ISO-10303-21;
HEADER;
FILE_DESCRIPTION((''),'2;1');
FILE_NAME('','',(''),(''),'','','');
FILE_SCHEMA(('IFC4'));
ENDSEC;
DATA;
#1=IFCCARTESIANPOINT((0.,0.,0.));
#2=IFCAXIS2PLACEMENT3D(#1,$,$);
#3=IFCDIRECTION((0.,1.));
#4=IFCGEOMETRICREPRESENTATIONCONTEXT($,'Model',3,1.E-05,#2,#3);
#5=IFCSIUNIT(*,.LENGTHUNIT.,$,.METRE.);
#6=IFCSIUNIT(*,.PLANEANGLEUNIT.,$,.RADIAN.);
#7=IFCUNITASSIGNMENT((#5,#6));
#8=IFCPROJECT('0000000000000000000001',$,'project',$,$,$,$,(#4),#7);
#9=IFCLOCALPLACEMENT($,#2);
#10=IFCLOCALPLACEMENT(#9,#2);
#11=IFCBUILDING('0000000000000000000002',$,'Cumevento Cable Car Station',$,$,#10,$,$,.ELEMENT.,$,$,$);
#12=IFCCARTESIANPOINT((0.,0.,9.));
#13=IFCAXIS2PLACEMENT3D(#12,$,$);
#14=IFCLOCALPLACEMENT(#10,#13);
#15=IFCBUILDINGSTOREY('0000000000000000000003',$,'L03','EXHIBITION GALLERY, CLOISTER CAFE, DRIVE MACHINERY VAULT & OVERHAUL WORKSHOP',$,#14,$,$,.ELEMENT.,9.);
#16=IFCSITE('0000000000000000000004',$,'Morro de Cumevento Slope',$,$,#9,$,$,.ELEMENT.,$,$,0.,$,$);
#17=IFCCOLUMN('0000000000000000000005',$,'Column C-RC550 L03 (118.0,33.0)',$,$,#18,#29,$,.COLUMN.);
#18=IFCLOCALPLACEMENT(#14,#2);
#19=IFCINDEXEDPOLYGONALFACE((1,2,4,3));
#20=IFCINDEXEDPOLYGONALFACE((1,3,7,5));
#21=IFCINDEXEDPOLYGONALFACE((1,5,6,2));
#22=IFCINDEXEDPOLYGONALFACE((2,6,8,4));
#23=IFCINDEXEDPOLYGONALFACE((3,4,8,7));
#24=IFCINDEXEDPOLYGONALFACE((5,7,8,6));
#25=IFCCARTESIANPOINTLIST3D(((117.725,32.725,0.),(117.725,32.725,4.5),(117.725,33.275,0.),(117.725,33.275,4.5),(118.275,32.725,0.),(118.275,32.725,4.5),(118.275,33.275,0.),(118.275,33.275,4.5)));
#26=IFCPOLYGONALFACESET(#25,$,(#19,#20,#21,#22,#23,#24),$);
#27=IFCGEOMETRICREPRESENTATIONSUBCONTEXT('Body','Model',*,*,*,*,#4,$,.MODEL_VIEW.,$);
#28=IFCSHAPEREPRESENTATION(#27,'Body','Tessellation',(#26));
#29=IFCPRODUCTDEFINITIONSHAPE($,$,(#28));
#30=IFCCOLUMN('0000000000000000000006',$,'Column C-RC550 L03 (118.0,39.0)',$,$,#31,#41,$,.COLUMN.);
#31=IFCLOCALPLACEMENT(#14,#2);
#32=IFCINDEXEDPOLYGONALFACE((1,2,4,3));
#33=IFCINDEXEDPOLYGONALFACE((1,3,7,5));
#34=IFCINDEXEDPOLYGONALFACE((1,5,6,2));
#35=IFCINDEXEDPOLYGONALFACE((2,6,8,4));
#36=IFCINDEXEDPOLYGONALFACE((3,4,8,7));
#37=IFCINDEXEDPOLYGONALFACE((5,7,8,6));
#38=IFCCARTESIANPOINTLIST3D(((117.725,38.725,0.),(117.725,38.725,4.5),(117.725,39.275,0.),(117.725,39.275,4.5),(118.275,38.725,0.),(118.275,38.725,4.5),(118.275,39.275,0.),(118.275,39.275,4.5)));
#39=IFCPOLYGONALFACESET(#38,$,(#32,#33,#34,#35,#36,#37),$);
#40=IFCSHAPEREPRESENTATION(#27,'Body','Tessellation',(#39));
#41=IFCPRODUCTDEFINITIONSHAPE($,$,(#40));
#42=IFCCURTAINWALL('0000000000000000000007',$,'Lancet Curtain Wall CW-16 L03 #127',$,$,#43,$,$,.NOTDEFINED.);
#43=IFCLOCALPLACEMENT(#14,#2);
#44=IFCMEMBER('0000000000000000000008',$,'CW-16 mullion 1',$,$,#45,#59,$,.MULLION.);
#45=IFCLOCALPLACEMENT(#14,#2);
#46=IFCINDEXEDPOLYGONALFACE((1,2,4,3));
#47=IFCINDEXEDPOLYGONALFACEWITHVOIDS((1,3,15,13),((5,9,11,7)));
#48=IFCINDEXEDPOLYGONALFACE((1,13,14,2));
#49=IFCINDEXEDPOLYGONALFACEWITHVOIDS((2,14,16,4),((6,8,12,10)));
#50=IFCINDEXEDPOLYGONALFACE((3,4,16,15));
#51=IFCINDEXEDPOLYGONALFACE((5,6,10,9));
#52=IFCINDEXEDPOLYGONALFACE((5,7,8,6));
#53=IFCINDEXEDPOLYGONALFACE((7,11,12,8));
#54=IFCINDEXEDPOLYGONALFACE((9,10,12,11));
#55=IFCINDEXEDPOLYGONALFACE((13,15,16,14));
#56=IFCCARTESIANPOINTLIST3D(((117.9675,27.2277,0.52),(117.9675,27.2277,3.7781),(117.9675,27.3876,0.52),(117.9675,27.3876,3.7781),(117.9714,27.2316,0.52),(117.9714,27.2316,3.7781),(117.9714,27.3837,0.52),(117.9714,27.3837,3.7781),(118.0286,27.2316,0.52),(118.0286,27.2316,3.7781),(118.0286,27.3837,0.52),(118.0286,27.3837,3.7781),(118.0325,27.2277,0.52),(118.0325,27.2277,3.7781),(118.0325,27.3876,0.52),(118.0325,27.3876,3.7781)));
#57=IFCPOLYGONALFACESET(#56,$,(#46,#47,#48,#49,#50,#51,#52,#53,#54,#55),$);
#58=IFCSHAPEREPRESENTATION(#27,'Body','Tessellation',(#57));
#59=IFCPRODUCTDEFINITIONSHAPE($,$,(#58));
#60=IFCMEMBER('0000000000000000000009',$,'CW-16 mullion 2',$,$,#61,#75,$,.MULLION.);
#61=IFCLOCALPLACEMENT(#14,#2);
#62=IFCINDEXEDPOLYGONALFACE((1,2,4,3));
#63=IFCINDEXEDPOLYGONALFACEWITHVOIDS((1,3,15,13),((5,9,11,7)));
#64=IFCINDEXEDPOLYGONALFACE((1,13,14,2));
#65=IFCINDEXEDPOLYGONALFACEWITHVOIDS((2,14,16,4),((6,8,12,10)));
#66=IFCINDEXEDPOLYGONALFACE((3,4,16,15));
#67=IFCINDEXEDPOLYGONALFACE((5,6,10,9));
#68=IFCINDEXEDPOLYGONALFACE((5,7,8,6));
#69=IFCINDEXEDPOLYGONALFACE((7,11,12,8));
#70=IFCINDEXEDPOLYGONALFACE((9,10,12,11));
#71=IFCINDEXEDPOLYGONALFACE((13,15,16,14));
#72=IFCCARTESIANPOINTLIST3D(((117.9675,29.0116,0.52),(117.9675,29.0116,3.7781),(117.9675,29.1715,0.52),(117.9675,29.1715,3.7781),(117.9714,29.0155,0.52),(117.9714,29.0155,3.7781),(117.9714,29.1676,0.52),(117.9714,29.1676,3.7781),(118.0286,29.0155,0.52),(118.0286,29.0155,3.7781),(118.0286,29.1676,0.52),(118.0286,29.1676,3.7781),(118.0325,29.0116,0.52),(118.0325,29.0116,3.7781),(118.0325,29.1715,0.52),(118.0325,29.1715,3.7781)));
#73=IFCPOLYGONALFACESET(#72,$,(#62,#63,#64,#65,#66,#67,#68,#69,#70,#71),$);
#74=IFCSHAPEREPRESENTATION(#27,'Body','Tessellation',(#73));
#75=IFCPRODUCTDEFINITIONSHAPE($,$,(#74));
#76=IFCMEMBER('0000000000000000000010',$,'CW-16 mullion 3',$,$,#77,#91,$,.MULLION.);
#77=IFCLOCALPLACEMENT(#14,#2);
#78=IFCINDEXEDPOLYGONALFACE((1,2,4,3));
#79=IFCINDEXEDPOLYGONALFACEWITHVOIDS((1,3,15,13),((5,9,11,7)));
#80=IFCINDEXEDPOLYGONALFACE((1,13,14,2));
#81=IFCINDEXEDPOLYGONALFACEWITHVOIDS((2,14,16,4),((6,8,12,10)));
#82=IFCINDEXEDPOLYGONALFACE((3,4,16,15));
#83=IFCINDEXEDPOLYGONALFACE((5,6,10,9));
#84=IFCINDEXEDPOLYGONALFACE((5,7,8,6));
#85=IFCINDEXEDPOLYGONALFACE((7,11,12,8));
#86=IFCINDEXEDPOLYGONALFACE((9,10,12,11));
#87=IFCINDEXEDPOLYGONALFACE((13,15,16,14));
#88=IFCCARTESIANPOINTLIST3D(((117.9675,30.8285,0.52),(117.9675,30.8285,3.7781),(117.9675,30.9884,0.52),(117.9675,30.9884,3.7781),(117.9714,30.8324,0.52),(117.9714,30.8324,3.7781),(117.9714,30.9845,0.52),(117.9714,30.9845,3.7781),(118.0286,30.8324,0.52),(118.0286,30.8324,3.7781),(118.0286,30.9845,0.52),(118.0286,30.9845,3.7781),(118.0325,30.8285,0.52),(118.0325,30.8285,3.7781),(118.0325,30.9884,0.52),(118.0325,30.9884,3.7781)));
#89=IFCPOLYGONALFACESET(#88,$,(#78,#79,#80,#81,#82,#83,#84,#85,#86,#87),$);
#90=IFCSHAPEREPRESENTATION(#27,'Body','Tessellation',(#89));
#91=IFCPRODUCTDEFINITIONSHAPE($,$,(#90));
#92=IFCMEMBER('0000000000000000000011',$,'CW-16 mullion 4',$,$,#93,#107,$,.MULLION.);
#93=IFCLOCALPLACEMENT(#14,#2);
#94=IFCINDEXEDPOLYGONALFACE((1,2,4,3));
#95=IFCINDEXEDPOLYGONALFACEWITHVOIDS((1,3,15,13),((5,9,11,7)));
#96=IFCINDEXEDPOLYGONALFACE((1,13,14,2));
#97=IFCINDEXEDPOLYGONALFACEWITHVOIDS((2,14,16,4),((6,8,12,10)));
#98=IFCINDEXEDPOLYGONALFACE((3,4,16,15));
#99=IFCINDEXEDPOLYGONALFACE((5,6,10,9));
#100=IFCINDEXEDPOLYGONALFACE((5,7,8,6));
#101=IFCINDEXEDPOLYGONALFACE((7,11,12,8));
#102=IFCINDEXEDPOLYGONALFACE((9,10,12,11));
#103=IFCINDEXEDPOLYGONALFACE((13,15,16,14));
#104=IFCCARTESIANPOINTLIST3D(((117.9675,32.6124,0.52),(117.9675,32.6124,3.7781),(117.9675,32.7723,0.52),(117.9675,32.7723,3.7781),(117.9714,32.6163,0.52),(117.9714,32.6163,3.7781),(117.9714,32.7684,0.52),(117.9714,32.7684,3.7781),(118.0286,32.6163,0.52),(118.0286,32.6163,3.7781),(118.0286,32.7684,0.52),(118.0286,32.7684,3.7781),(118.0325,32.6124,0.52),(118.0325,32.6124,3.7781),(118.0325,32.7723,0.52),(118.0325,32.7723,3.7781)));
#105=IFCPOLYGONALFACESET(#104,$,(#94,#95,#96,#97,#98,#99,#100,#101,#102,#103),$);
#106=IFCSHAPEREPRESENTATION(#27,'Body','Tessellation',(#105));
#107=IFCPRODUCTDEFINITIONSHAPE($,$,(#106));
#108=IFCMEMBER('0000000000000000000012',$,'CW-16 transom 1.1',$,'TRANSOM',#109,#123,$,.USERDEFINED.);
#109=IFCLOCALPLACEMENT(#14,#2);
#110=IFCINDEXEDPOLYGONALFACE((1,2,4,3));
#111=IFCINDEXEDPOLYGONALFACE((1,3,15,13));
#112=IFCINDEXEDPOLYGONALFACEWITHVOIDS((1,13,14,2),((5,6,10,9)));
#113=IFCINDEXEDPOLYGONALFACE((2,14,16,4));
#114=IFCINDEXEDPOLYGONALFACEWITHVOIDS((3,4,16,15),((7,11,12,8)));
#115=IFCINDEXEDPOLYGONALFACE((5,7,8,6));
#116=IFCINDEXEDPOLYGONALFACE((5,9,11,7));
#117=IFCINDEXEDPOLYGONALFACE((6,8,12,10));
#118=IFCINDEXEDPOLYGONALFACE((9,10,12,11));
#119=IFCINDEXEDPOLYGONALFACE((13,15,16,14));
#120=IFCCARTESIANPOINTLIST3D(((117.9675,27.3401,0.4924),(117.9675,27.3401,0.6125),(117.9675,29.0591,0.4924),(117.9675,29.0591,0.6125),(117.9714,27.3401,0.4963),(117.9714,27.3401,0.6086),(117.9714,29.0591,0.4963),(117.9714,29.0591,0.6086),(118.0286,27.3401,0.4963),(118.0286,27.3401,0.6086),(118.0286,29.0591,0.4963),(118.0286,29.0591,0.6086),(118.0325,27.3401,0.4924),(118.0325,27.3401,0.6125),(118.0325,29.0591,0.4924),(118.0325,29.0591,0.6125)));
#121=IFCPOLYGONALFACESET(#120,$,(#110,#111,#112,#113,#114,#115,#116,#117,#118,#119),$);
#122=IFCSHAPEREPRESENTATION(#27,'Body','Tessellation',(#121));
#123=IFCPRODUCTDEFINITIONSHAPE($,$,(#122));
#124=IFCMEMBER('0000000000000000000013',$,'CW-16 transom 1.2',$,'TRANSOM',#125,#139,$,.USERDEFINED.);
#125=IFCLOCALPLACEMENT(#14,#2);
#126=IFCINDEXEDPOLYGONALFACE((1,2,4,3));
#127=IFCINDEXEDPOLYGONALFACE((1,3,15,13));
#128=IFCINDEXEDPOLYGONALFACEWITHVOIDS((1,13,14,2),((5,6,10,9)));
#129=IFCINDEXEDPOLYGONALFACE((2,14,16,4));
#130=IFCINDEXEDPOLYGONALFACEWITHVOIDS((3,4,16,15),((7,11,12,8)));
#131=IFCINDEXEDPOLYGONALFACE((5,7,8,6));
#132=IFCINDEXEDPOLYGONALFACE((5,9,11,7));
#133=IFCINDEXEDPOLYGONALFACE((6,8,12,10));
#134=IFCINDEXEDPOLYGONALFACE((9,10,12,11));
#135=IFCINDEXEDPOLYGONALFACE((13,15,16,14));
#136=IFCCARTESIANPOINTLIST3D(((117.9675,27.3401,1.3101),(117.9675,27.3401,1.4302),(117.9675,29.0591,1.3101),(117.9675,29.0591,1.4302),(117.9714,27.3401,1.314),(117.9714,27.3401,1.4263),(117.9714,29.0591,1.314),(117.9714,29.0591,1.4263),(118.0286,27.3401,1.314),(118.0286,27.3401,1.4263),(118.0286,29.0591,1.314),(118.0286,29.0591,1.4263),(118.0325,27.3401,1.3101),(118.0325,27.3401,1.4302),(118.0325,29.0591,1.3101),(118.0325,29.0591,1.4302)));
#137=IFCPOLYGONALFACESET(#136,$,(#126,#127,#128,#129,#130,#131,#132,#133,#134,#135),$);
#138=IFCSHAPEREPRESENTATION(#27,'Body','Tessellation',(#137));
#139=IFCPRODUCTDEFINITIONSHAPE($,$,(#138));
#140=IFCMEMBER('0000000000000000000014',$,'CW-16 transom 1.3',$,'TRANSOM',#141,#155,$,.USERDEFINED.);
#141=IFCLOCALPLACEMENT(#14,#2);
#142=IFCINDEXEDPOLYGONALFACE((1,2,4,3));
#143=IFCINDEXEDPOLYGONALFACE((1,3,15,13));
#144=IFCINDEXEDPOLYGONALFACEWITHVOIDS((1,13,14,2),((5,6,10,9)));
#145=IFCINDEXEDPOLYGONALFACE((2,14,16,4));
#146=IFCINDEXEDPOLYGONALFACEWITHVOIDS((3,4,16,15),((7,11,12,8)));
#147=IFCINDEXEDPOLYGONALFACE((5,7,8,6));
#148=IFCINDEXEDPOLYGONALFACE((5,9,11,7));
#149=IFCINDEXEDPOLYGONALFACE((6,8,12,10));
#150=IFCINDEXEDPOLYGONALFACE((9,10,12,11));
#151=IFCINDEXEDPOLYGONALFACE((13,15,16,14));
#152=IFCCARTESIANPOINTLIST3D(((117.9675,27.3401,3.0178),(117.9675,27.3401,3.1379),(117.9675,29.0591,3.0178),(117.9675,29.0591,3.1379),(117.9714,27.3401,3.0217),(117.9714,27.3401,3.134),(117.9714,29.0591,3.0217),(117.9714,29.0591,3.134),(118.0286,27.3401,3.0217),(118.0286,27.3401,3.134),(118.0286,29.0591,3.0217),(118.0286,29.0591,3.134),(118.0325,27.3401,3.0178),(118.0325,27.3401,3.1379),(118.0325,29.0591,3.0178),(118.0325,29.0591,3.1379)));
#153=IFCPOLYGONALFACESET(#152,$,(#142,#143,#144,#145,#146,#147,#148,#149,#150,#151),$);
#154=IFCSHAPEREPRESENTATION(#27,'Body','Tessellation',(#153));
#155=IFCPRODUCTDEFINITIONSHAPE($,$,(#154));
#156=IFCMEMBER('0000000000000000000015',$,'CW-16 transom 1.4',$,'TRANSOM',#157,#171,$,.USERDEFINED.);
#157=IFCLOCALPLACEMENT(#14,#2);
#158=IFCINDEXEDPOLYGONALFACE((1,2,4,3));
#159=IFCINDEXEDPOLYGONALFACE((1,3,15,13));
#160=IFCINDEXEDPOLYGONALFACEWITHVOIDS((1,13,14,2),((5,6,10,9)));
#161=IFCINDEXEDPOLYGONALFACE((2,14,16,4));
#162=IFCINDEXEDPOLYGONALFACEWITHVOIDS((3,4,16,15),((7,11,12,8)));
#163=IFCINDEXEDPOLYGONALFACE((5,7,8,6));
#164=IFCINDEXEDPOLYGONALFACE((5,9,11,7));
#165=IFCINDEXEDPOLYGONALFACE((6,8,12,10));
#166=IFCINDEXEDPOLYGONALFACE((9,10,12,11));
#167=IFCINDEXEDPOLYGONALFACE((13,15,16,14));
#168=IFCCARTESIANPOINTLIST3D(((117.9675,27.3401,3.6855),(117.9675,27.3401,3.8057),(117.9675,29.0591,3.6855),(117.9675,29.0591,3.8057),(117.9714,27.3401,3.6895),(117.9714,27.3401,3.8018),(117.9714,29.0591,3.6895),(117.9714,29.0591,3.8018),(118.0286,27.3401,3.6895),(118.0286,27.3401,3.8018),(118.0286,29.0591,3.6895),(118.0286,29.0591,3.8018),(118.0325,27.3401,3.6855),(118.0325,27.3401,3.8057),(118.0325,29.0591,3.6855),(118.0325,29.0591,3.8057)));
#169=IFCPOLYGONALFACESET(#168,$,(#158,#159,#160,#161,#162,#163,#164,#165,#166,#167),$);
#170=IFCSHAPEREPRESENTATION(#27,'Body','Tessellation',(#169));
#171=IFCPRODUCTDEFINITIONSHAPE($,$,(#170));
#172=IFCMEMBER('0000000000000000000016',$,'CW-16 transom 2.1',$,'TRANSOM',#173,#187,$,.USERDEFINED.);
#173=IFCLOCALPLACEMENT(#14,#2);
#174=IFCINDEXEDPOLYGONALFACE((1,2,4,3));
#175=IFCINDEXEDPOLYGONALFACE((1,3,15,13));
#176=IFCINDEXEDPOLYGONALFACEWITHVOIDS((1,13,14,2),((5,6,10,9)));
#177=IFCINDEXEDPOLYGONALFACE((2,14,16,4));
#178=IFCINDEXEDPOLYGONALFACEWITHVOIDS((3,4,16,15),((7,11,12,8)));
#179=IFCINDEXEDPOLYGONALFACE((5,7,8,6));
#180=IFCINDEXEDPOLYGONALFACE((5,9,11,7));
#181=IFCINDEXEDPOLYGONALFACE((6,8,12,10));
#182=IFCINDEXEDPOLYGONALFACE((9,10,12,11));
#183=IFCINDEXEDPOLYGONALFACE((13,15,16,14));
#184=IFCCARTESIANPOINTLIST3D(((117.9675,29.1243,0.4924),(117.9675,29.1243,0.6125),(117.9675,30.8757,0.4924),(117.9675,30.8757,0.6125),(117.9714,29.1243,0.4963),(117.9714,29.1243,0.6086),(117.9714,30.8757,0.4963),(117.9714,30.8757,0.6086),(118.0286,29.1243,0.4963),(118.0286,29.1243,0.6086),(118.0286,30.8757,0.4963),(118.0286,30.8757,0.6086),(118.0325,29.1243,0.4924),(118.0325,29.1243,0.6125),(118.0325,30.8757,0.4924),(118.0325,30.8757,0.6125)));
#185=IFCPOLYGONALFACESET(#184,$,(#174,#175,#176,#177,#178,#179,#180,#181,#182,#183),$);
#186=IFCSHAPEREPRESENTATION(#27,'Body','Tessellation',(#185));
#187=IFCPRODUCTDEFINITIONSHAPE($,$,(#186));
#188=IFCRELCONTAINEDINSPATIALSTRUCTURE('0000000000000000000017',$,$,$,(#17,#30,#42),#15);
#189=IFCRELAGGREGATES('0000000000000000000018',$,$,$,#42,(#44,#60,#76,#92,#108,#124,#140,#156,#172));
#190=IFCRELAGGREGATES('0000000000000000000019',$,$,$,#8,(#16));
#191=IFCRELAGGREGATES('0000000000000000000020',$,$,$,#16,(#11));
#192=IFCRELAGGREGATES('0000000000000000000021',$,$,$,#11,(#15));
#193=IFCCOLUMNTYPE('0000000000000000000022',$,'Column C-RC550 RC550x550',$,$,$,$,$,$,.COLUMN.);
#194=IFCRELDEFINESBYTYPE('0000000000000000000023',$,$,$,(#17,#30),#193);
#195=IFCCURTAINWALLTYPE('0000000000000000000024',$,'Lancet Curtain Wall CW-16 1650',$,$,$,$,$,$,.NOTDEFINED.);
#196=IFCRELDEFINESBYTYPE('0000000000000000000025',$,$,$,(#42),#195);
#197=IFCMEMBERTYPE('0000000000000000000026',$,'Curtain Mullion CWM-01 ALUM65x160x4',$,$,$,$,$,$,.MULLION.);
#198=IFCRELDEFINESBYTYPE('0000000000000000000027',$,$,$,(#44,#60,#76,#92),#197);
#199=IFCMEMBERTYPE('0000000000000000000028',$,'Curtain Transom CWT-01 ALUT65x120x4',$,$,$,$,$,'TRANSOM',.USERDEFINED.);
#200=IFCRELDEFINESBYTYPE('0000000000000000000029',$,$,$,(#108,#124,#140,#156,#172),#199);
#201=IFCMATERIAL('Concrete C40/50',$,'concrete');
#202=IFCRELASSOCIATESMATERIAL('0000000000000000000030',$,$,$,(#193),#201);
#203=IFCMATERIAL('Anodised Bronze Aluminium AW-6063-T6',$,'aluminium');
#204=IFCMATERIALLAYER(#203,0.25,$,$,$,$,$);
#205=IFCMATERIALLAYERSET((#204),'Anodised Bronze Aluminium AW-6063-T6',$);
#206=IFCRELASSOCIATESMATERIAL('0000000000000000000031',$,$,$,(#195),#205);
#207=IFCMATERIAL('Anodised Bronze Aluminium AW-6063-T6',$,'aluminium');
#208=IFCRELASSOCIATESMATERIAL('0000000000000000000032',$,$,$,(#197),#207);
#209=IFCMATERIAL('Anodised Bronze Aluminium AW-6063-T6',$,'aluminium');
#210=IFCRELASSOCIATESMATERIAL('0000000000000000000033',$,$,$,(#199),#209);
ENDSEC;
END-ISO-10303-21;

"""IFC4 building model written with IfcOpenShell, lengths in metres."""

from ifc_helpers import new_model, si_unit, direction, frame, origin, origin_2d, place, context, subcontext, project, spatial, rectangle, hollow_rectangle, extrude, material, layer, layer_set, material_profile, profile_set, type_object, element, aggregate, save


model = new_model("IFC4")

# Units and contexts
model_context = context("Model", 3, precision=1e-05, world=origin(), true_north=direction((0.0, 1.0)))
body_context = subcontext(model_context, "Body", "Model", "MODEL_VIEW")
ifc_project = project(units=[si_unit("LENGTHUNIT", "METRE"), si_unit("PLANEANGLEUNIT", "RADIAN")], contexts=[model_context])

# Site, building, storey
site_placement = place(None, origin())
site = spatial("IfcSite", under=ifc_project, at=site_placement, Name="Morro de Cumevento Slope", CompositionType="ELEMENT", RefElevation=0.0)
building_placement = place(site_placement, origin())
building = spatial("IfcBuilding", under=site, at=building_placement, Name="Cumevento Cable Car Station", CompositionType="ELEMENT")
storey_placement = place(building_placement, frame((0.0, 0.0, 9.0)))
storey = spatial("IfcBuildingStorey", under=building, at=storey_placement, Name="L03", Description="EXHIBITION GALLERY, CLOISTER CAFE, DRIVE MACHINERY VAULT & OVERHAUL WORKSHOP", CompositionType="ELEMENT", Elevation=9.0)

# Columns
ifc_material_1 = material(Name="Concrete C40/50", Category="concrete")
ifc_material_profile_1 = material_profile(ifc_material_1, rectangle(XDim=0.55, YDim=0.55, at=origin_2d()), Name="RC550x550")
ifc_profile_set_1 = profile_set([ifc_material_profile_1], Name="Concrete C40/50")
column_type = type_object("IfcColumnType", Name="Column C-RC550 RC550x550", PredefinedType="COLUMN", material=ifc_profile_set_1)
for number, where, z_axis, x_axis, name in (
    (1, (118.0, 33.0, 0.0), (0.0, 0.0, 1.0), (1.0, 0.0, 0.0), "Column C-RC550 L03 (118.0,33.0)"),
    (2, (118.0, 39.0, 0.0), (0.0, 0.0, 1.0), (1.0, 0.0, 0.0), "Column C-RC550 L03 (118.0,39.0)"),
):
    element("IfcColumn", number, at=place(storey_placement, frame(where, z_axis=z_axis, x_axis=x_axis)), inside=storey, type_object=column_type, Name=name, PredefinedType="COLUMN", context=body_context, shape_type="SweptSolid", body=[
        extrude(rectangle(XDim=0.55, YDim=0.55, at=origin_2d()), origin(), (0.0, 0.0, 1.0), 4.5),
    ])

# Curtain wall, members
ifc_material_2 = material(Name="Anodised Bronze Aluminium AW-6063-T6", Category="aluminium")
ifc_layer_1 = layer(ifc_material_2, 0.25)
ifc_layer_set_1 = layer_set([ifc_layer_1], Name="Anodised Bronze Aluminium AW-6063-T6")
curtain_wall_type = type_object("IfcCurtainWallType", Name="Lancet Curtain Wall CW-16 1650", PredefinedType="NOTDEFINED", material=ifc_layer_set_1)
curtain_wall_placement = place(storey_placement, origin())
curtain_wall = element("IfcCurtainWall", 3, at=curtain_wall_placement, inside=storey, type_object=curtain_wall_type, Name="Lancet Curtain Wall CW-16 L03 #127", PredefinedType="NOTDEFINED")
ifc_material_3 = material(Name="Anodised Bronze Aluminium AW-6063-T6", Category="aluminium")
ifc_material_profile_2 = material_profile(ifc_material_3, hollow_rectangle(XDim=0.0649, YDim=0.1599, WallThickness=0.0039, at=origin_2d()), Name="ALUM65x160x4")
ifc_profile_set_2 = profile_set([ifc_material_profile_2], Name="Anodised Bronze Aluminium AW-6063-T6")
member_type_1 = type_object("IfcMemberType", Name="Curtain Mullion CWM-01 ALUM65x160x4", PredefinedType="MULLION", material=ifc_profile_set_2)
member_1_placement = place(storey_placement, frame((118.0, 27.3076, 0.52), z_axis=(0.0, 0.0, 1.0), x_axis=(-1.0, 0.0, 0.0)))
member_1 = element("IfcMember", 4, at=member_1_placement, type_object=member_type_1, Name="CW-16 mullion 1", PredefinedType="MULLION", context=body_context, shape_type="SweptSolid", body=[
    extrude(hollow_rectangle(XDim=0.0649, YDim=0.1599, WallThickness=0.0039, at=origin_2d()), origin(), (0.0, 0.0, 1.0), 3.2581),
])
member_2_placement = place(storey_placement, frame((118.0, 29.0916, 0.52), z_axis=(0.0, 0.0, 1.0), x_axis=(-1.0, 0.0, 0.0)))
member_2 = element("IfcMember", 5, at=member_2_placement, type_object=member_type_1, Name="CW-16 mullion 2", PredefinedType="MULLION", context=body_context, shape_type="SweptSolid", body=[
    extrude(hollow_rectangle(XDim=0.0649, YDim=0.1599, WallThickness=0.0039, at=origin_2d()), origin(), (0.0, 0.0, 1.0), 3.2581),
])
member_3_placement = place(storey_placement, frame((118.0, 30.9084, 0.52), z_axis=(0.0, 0.0, 1.0), x_axis=(-1.0, 0.0, 0.0)))
member_3 = element("IfcMember", 6, at=member_3_placement, type_object=member_type_1, Name="CW-16 mullion 3", PredefinedType="MULLION", context=body_context, shape_type="SweptSolid", body=[
    extrude(hollow_rectangle(XDim=0.0649, YDim=0.1599, WallThickness=0.0039, at=origin_2d()), origin(), (0.0, 0.0, 1.0), 3.2581),
])
member_4_placement = place(storey_placement, frame((118.0, 32.6924, 0.52), z_axis=(0.0, 0.0, 1.0), x_axis=(-1.0, 0.0, 0.0)))
member_4 = element("IfcMember", 7, at=member_4_placement, type_object=member_type_1, Name="CW-16 mullion 4", PredefinedType="MULLION", context=body_context, shape_type="SweptSolid", body=[
    extrude(hollow_rectangle(XDim=0.0649, YDim=0.1599, WallThickness=0.0039, at=origin_2d()), origin(), (0.0, 0.0, 1.0), 3.2581),
])
ifc_material_4 = material(Name="Anodised Bronze Aluminium AW-6063-T6", Category="aluminium")
ifc_material_profile_3 = material_profile(ifc_material_4, hollow_rectangle(XDim=0.0649, YDim=0.1201, WallThickness=0.0039, at=origin_2d()), Name="ALUT65x120x4")
ifc_profile_set_3 = profile_set([ifc_material_profile_3], Name="Anodised Bronze Aluminium AW-6063-T6")
member_type_2 = type_object("IfcMemberType", Name="Curtain Transom CWT-01 ALUT65x120x4", ElementType="TRANSOM", PredefinedType="USERDEFINED", material=ifc_profile_set_3)
member_5_placement = place(storey_placement, frame((118.0, 27.3401, 0.5525), z_axis=(0.0, 1.0, 0.0), x_axis=(-1.0, 0.0, 0.0)))
member_5 = element("IfcMember", 8, at=member_5_placement, type_object=member_type_2, Name="CW-16 transom 1.1", ObjectType="TRANSOM", PredefinedType="USERDEFINED", context=body_context, shape_type="SweptSolid", body=[
    extrude(hollow_rectangle(XDim=0.0649, YDim=0.1201, WallThickness=0.0039, at=origin_2d()), origin(), (0.0, 0.0, 1.0), 1.719),
])
member_6_placement = place(storey_placement, frame((118.0, 27.3401, 1.3701), z_axis=(0.0, 1.0, 0.0), x_axis=(-1.0, 0.0, 0.0)))
member_6 = element("IfcMember", 9, at=member_6_placement, type_object=member_type_2, Name="CW-16 transom 1.2", ObjectType="TRANSOM", PredefinedType="USERDEFINED", context=body_context, shape_type="SweptSolid", body=[
    extrude(hollow_rectangle(XDim=0.0649, YDim=0.1201, WallThickness=0.0039, at=origin_2d()), origin(), (0.0, 0.0, 1.0), 1.719),
])
member_7_placement = place(storey_placement, frame((118.0, 27.3401, 3.0779), z_axis=(0.0, 1.0, 0.0), x_axis=(-1.0, 0.0, 0.0)))
member_7 = element("IfcMember", 10, at=member_7_placement, type_object=member_type_2, Name="CW-16 transom 1.3", ObjectType="TRANSOM", PredefinedType="USERDEFINED", context=body_context, shape_type="SweptSolid", body=[
    extrude(hollow_rectangle(XDim=0.0649, YDim=0.1201, WallThickness=0.0039, at=origin_2d()), origin(), (0.0, 0.0, 1.0), 1.719),
])
member_8_placement = place(storey_placement, frame((118.0, 27.3401, 3.7456), z_axis=(0.0, 1.0, 0.0), x_axis=(-1.0, 0.0, 0.0)))
member_8 = element("IfcMember", 11, at=member_8_placement, type_object=member_type_2, Name="CW-16 transom 1.4", ObjectType="TRANSOM", PredefinedType="USERDEFINED", context=body_context, shape_type="SweptSolid", body=[
    extrude(hollow_rectangle(XDim=0.0649, YDim=0.1201, WallThickness=0.0039, at=origin_2d()), origin(), (0.0, 0.0, 1.0), 1.719),
])
member_9_placement = place(storey_placement, frame((118.0, 29.1243, 0.5525), z_axis=(0.0, 1.0, 0.0), x_axis=(-1.0, 0.0, 0.0)))
member_9 = element("IfcMember", 12, at=member_9_placement, type_object=member_type_2, Name="CW-16 transom 2.1", ObjectType="TRANSOM", PredefinedType="USERDEFINED", context=body_context, shape_type="SweptSolid", body=[
    extrude(hollow_rectangle(XDim=0.0649, YDim=0.1201, WallThickness=0.0039, at=origin_2d()), origin(), (0.0, 0.0, 1.0), 1.7515),
])

aggregate(curtain_wall, [member_1, member_2, member_3, member_4, member_5, member_6, member_7, member_8, member_9])

save(model, "model.ifc")
